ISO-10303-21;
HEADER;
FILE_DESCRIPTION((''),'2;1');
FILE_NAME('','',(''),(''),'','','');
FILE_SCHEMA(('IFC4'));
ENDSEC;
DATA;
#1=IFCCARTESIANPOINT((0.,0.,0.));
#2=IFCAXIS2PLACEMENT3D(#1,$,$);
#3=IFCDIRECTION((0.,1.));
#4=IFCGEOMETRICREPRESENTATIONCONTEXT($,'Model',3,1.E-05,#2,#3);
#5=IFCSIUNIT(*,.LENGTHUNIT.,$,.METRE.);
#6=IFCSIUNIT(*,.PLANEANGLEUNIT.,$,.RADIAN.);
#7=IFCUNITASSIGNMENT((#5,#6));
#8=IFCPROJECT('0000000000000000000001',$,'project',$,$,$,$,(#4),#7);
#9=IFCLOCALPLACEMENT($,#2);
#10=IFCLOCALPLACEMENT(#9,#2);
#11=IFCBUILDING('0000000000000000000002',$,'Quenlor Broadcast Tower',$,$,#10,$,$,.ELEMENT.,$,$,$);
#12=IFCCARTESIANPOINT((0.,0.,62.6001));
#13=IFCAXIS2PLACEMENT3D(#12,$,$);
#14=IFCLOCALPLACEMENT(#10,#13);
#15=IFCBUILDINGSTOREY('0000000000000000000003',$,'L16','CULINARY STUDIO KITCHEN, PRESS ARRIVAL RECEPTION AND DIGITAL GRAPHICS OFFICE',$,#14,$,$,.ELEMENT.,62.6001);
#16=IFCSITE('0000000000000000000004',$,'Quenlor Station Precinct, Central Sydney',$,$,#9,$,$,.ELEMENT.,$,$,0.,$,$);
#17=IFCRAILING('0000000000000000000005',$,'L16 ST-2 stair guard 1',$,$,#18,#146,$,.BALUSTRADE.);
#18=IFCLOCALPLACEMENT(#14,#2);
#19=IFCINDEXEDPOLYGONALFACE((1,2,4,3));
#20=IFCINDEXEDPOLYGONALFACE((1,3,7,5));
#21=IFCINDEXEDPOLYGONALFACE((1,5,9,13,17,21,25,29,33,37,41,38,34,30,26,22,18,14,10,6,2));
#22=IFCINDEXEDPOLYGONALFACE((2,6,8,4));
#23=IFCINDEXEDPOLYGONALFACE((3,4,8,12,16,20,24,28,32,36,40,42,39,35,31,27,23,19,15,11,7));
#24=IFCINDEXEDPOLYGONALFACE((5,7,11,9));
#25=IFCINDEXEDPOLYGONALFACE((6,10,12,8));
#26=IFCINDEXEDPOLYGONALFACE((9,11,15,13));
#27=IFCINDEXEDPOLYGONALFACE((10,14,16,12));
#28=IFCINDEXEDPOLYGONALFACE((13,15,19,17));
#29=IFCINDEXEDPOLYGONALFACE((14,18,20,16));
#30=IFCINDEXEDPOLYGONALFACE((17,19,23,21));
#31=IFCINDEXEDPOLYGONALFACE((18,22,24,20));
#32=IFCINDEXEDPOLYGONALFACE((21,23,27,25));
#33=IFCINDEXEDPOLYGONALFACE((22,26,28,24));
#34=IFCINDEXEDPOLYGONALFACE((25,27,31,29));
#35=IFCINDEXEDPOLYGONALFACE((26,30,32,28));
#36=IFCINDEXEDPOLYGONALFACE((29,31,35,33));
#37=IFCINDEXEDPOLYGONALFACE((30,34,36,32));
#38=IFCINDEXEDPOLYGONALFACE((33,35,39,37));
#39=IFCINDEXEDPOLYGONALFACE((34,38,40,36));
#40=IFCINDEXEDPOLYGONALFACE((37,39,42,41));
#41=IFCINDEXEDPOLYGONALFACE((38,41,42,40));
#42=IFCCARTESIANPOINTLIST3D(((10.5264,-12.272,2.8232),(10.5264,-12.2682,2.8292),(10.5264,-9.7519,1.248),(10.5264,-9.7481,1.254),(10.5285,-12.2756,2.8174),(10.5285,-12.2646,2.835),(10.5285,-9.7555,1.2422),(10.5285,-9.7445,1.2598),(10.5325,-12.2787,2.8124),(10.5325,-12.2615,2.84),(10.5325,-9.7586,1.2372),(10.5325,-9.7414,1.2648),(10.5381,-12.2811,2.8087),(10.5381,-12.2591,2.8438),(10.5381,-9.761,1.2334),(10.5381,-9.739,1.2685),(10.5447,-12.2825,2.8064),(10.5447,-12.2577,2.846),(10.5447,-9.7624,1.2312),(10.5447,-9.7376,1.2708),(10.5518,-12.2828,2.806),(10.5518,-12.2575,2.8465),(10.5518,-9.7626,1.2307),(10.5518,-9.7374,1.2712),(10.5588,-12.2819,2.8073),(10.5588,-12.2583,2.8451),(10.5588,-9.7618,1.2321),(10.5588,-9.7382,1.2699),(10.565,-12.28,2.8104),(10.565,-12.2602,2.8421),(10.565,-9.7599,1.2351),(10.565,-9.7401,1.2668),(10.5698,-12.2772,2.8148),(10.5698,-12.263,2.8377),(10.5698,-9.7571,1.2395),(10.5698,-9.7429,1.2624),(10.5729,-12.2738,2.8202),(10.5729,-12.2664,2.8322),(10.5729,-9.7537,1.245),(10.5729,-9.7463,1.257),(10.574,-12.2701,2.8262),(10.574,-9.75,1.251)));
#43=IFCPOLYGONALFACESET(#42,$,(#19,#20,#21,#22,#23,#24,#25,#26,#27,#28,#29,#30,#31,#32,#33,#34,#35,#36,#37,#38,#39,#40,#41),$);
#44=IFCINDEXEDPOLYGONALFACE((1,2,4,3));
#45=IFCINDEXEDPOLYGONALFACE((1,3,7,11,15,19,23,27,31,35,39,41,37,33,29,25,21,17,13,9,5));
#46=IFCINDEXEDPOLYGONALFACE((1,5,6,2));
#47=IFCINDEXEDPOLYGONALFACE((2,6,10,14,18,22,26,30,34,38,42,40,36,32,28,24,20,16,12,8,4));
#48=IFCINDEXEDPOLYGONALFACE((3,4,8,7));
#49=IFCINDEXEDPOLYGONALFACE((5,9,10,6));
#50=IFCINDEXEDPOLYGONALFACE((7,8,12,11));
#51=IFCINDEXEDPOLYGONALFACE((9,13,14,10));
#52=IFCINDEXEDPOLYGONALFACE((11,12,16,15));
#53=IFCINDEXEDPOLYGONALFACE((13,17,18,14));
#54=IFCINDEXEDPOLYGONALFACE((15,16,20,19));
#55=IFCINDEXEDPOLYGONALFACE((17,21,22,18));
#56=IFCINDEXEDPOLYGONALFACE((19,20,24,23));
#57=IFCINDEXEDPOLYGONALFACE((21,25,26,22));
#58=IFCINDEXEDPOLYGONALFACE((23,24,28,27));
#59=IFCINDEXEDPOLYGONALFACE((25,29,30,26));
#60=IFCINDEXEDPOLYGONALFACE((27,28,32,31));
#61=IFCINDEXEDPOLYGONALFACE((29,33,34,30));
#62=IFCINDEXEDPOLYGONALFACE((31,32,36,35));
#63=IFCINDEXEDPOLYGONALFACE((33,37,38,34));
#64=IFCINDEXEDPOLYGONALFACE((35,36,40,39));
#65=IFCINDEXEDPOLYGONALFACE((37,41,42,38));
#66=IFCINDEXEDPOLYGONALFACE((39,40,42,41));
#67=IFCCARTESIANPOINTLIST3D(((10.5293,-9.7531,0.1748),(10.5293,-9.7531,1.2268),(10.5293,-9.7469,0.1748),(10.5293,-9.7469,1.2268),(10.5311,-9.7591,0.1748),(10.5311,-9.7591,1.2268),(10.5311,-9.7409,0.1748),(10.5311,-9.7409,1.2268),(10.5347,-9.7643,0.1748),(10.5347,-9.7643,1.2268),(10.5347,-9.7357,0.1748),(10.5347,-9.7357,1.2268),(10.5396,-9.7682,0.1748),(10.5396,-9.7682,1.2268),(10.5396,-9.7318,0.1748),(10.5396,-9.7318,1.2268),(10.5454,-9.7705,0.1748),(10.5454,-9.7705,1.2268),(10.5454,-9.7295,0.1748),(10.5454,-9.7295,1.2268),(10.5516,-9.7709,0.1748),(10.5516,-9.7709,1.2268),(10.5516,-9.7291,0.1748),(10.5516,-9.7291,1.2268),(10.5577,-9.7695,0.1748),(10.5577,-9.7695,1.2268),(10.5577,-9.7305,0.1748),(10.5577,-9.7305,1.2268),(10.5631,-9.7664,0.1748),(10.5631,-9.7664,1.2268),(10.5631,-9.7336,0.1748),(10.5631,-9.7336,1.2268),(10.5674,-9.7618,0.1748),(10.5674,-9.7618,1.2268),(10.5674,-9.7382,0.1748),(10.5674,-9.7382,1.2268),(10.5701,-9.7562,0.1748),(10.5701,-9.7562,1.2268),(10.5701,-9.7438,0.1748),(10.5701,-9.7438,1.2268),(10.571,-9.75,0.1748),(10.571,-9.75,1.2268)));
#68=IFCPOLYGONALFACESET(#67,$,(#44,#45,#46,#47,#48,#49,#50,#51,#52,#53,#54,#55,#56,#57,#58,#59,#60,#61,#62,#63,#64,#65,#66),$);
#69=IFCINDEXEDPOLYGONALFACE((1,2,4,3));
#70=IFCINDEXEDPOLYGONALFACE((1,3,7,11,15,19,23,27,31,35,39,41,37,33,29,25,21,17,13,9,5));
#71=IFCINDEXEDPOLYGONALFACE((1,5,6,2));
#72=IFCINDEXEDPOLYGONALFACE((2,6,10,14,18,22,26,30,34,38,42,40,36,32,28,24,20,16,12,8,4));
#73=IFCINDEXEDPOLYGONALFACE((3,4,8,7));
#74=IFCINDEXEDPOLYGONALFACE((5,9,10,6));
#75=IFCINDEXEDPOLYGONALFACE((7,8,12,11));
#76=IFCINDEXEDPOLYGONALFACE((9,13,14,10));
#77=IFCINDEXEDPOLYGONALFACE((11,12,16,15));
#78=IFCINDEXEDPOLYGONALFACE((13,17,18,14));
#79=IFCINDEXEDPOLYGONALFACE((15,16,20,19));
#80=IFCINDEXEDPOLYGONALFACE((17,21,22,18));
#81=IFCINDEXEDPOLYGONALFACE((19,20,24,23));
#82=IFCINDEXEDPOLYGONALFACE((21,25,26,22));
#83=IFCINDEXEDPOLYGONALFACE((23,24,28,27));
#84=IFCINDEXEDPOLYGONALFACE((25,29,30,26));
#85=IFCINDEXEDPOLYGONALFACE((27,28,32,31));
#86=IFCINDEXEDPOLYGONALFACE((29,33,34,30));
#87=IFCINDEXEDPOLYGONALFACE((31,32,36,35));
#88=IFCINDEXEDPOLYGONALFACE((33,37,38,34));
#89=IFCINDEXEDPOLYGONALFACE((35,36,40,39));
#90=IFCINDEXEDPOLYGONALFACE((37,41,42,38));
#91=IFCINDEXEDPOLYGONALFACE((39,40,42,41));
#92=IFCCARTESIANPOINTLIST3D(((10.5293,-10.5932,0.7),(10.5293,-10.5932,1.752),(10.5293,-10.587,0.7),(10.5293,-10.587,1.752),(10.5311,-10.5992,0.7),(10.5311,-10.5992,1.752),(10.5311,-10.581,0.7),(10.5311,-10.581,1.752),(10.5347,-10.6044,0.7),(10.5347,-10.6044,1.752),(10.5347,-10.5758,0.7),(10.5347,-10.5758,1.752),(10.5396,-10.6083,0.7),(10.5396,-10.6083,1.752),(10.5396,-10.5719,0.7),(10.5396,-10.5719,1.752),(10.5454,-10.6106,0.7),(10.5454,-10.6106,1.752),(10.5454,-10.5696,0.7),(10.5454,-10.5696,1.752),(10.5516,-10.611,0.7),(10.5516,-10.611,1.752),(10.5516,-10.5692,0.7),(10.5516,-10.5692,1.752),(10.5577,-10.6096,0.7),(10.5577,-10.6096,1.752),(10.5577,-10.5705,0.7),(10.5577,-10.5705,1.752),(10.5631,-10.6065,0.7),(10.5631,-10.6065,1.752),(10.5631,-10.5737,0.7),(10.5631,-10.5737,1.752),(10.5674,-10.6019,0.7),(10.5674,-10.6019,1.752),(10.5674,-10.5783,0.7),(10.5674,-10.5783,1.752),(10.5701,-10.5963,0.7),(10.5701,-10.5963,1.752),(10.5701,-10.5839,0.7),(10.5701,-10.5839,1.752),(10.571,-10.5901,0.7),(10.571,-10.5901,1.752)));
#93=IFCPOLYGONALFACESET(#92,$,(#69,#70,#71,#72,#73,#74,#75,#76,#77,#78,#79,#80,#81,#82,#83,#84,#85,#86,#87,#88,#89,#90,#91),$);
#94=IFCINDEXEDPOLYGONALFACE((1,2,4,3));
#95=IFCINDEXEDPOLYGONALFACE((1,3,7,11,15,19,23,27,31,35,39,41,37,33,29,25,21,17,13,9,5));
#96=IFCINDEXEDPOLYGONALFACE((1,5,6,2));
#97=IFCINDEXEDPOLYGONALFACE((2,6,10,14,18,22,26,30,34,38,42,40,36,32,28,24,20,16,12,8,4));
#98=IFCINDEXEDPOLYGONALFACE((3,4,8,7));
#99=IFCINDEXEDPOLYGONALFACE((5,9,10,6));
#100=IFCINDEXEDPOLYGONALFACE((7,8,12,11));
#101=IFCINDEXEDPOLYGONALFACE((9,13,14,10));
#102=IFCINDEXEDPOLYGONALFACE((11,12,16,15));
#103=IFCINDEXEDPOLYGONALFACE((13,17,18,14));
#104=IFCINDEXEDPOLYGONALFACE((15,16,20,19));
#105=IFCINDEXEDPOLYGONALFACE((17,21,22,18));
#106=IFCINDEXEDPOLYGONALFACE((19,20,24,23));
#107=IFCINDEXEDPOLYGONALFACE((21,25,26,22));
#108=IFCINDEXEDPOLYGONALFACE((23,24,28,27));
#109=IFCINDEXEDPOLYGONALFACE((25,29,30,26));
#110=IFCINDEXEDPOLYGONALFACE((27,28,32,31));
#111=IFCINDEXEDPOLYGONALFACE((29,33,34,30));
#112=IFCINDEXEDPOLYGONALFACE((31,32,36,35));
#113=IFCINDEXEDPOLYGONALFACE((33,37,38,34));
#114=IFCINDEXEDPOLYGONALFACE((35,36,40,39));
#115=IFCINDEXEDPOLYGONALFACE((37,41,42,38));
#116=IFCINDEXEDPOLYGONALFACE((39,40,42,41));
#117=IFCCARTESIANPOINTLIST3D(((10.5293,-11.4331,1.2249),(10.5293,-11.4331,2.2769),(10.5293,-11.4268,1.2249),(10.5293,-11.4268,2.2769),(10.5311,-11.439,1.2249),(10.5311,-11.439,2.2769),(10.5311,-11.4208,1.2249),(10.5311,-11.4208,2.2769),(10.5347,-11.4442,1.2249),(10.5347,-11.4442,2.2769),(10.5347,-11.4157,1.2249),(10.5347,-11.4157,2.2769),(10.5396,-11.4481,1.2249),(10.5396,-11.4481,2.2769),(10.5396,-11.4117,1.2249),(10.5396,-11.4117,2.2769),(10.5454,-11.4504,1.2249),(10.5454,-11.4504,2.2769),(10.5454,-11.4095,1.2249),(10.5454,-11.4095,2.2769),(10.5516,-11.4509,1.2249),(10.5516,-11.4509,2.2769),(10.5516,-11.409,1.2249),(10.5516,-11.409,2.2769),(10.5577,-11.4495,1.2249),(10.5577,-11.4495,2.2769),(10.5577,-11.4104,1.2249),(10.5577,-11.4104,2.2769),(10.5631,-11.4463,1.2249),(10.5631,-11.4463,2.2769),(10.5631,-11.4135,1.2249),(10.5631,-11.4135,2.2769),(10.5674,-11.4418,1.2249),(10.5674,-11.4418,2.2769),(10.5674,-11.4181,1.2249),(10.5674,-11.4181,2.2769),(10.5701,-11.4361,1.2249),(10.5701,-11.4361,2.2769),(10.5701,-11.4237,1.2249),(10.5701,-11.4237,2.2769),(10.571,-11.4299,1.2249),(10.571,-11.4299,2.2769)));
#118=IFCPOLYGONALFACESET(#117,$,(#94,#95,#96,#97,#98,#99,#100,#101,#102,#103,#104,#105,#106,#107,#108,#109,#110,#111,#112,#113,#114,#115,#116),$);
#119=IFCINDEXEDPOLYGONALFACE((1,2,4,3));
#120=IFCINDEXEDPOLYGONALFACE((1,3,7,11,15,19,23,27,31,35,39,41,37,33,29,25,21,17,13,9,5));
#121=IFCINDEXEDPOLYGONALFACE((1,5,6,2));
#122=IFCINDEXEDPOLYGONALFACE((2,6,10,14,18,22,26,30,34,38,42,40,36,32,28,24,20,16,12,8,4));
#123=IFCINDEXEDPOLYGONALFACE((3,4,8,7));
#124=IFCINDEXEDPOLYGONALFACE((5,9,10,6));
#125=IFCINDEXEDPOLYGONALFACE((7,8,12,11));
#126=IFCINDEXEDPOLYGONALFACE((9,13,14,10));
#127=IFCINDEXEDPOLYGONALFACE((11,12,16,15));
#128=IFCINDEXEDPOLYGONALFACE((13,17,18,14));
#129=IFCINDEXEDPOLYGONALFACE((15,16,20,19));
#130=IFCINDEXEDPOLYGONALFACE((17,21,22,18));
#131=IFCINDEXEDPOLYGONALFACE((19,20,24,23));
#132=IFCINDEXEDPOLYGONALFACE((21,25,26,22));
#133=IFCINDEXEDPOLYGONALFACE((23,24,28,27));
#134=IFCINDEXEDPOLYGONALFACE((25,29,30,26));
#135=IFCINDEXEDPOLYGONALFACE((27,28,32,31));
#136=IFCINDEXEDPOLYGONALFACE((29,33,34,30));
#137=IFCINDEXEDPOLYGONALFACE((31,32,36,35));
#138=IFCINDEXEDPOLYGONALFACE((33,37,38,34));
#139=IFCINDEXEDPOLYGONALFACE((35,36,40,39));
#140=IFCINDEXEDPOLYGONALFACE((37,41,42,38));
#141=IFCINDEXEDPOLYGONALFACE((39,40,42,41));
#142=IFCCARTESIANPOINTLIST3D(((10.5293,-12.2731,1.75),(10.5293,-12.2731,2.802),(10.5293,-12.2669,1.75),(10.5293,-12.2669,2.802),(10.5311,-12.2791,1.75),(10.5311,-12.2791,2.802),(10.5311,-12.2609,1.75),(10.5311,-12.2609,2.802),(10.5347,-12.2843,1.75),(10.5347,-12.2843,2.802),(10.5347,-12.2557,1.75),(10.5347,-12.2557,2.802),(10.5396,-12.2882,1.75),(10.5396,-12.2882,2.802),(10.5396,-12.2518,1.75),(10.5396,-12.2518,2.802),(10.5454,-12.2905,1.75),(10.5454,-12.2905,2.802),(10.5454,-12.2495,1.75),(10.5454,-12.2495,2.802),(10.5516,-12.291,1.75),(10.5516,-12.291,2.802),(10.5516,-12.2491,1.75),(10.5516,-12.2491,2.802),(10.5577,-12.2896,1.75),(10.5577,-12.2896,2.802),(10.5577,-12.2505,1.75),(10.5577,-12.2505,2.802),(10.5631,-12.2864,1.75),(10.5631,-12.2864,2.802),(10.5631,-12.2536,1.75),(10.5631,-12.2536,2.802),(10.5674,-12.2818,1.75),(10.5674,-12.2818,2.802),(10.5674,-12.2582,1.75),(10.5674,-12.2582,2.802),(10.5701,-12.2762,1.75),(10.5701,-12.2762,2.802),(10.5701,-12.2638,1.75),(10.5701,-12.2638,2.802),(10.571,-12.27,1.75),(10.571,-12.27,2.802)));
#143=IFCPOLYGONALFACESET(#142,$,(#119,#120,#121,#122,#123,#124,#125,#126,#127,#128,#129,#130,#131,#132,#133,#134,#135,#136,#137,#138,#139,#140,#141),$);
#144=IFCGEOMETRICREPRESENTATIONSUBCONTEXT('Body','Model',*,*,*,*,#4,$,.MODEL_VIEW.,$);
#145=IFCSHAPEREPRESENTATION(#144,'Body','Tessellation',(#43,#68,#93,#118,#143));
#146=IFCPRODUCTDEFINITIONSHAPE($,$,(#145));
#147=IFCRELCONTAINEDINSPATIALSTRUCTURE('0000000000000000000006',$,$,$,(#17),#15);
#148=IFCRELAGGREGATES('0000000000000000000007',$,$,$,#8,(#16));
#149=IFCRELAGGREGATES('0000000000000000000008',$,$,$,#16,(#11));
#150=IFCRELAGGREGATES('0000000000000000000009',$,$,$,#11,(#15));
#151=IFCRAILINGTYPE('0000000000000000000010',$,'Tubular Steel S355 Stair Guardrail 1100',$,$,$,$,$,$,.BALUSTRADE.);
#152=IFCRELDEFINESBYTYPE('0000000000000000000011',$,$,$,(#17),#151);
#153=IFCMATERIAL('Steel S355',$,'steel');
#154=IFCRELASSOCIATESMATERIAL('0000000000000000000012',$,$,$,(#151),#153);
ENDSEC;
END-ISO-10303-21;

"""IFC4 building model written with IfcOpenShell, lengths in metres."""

from ifc_helpers import new_model, si_unit, direction, frame, origin, origin_2d, place, context, subcontext, project, spatial, circle, extrude, material, type_object, element, save


model = new_model("IFC4")

# Units and contexts
model_context = context("Model", 3, precision=1e-05, world=origin(), true_north=direction((0.0, 1.0)))
body_context = subcontext(model_context, "Body", "Model", "MODEL_VIEW")
ifc_project = project(units=[si_unit("LENGTHUNIT", "METRE"), si_unit("PLANEANGLEUNIT", "RADIAN")], contexts=[model_context])

# Site, building, storey
site_placement = place(None, origin())
site = spatial("IfcSite", under=ifc_project, at=site_placement, Name="Quenlor Station Precinct, Central Sydney", CompositionType="ELEMENT", RefElevation=0.0)
building_placement = place(site_placement, origin())
building = spatial("IfcBuilding", under=site, at=building_placement, Name="Quenlor Broadcast Tower", CompositionType="ELEMENT")
storey_placement = place(building_placement, frame((0.0, 0.0, 62.6001)))
storey = spatial("IfcBuildingStorey", under=building, at=storey_placement, Name="L16", Description="CULINARY STUDIO KITCHEN, PRESS ARRIVAL RECEPTION AND DIGITAL GRAPHICS OFFICE", CompositionType="ELEMENT", Elevation=62.6001)

# Railing
ifc_material_1 = material(Name="Steel S355", Category="steel")
railing_type_1 = type_object("IfcRailingType", Name="Tubular Steel S355 Stair Guardrail 1100", PredefinedType="BALUSTRADE", material=ifc_material_1)
railing_1_placement = place(storey_placement, frame((10.55, -9.75, 0.1748)))
element("IfcRailing", 1, at=railing_1_placement, inside=storey, type_object=railing_type_1, Name="L16 ST-2 stair guard 1", PredefinedType="BALUSTRADE", context=body_context, shape_type="SweptSolid", body=[
    extrude(circle(Radius=0.0239, at=origin_2d()), frame((0.0, 0.0, 1.0762), z_axis=(0.0, -0.847971, 0.530043), x_axis=(1.0, 0.0, 0.0)), (0.0, 0.0, 1.0), 2.9719),
    extrude(circle(Radius=0.021, at=origin_2d()), origin(), (0.0, 0.0, 1.0), 1.052),
    extrude(circle(Radius=0.021, at=origin_2d()), frame((0.0, -0.8401, 0.5251)), (0.0, 0.0, 1.0), 1.052),
    extrude(circle(Radius=0.021, at=origin_2d()), frame((0.0, -1.6799, 1.05)), (0.0, 0.0, 1.0), 1.052),
    extrude(circle(Radius=0.021, at=origin_2d()), frame((0.0, -2.52, 1.5752)), (0.0, 0.0, 1.0), 1.052),
])

save(model, "model.ifc")
